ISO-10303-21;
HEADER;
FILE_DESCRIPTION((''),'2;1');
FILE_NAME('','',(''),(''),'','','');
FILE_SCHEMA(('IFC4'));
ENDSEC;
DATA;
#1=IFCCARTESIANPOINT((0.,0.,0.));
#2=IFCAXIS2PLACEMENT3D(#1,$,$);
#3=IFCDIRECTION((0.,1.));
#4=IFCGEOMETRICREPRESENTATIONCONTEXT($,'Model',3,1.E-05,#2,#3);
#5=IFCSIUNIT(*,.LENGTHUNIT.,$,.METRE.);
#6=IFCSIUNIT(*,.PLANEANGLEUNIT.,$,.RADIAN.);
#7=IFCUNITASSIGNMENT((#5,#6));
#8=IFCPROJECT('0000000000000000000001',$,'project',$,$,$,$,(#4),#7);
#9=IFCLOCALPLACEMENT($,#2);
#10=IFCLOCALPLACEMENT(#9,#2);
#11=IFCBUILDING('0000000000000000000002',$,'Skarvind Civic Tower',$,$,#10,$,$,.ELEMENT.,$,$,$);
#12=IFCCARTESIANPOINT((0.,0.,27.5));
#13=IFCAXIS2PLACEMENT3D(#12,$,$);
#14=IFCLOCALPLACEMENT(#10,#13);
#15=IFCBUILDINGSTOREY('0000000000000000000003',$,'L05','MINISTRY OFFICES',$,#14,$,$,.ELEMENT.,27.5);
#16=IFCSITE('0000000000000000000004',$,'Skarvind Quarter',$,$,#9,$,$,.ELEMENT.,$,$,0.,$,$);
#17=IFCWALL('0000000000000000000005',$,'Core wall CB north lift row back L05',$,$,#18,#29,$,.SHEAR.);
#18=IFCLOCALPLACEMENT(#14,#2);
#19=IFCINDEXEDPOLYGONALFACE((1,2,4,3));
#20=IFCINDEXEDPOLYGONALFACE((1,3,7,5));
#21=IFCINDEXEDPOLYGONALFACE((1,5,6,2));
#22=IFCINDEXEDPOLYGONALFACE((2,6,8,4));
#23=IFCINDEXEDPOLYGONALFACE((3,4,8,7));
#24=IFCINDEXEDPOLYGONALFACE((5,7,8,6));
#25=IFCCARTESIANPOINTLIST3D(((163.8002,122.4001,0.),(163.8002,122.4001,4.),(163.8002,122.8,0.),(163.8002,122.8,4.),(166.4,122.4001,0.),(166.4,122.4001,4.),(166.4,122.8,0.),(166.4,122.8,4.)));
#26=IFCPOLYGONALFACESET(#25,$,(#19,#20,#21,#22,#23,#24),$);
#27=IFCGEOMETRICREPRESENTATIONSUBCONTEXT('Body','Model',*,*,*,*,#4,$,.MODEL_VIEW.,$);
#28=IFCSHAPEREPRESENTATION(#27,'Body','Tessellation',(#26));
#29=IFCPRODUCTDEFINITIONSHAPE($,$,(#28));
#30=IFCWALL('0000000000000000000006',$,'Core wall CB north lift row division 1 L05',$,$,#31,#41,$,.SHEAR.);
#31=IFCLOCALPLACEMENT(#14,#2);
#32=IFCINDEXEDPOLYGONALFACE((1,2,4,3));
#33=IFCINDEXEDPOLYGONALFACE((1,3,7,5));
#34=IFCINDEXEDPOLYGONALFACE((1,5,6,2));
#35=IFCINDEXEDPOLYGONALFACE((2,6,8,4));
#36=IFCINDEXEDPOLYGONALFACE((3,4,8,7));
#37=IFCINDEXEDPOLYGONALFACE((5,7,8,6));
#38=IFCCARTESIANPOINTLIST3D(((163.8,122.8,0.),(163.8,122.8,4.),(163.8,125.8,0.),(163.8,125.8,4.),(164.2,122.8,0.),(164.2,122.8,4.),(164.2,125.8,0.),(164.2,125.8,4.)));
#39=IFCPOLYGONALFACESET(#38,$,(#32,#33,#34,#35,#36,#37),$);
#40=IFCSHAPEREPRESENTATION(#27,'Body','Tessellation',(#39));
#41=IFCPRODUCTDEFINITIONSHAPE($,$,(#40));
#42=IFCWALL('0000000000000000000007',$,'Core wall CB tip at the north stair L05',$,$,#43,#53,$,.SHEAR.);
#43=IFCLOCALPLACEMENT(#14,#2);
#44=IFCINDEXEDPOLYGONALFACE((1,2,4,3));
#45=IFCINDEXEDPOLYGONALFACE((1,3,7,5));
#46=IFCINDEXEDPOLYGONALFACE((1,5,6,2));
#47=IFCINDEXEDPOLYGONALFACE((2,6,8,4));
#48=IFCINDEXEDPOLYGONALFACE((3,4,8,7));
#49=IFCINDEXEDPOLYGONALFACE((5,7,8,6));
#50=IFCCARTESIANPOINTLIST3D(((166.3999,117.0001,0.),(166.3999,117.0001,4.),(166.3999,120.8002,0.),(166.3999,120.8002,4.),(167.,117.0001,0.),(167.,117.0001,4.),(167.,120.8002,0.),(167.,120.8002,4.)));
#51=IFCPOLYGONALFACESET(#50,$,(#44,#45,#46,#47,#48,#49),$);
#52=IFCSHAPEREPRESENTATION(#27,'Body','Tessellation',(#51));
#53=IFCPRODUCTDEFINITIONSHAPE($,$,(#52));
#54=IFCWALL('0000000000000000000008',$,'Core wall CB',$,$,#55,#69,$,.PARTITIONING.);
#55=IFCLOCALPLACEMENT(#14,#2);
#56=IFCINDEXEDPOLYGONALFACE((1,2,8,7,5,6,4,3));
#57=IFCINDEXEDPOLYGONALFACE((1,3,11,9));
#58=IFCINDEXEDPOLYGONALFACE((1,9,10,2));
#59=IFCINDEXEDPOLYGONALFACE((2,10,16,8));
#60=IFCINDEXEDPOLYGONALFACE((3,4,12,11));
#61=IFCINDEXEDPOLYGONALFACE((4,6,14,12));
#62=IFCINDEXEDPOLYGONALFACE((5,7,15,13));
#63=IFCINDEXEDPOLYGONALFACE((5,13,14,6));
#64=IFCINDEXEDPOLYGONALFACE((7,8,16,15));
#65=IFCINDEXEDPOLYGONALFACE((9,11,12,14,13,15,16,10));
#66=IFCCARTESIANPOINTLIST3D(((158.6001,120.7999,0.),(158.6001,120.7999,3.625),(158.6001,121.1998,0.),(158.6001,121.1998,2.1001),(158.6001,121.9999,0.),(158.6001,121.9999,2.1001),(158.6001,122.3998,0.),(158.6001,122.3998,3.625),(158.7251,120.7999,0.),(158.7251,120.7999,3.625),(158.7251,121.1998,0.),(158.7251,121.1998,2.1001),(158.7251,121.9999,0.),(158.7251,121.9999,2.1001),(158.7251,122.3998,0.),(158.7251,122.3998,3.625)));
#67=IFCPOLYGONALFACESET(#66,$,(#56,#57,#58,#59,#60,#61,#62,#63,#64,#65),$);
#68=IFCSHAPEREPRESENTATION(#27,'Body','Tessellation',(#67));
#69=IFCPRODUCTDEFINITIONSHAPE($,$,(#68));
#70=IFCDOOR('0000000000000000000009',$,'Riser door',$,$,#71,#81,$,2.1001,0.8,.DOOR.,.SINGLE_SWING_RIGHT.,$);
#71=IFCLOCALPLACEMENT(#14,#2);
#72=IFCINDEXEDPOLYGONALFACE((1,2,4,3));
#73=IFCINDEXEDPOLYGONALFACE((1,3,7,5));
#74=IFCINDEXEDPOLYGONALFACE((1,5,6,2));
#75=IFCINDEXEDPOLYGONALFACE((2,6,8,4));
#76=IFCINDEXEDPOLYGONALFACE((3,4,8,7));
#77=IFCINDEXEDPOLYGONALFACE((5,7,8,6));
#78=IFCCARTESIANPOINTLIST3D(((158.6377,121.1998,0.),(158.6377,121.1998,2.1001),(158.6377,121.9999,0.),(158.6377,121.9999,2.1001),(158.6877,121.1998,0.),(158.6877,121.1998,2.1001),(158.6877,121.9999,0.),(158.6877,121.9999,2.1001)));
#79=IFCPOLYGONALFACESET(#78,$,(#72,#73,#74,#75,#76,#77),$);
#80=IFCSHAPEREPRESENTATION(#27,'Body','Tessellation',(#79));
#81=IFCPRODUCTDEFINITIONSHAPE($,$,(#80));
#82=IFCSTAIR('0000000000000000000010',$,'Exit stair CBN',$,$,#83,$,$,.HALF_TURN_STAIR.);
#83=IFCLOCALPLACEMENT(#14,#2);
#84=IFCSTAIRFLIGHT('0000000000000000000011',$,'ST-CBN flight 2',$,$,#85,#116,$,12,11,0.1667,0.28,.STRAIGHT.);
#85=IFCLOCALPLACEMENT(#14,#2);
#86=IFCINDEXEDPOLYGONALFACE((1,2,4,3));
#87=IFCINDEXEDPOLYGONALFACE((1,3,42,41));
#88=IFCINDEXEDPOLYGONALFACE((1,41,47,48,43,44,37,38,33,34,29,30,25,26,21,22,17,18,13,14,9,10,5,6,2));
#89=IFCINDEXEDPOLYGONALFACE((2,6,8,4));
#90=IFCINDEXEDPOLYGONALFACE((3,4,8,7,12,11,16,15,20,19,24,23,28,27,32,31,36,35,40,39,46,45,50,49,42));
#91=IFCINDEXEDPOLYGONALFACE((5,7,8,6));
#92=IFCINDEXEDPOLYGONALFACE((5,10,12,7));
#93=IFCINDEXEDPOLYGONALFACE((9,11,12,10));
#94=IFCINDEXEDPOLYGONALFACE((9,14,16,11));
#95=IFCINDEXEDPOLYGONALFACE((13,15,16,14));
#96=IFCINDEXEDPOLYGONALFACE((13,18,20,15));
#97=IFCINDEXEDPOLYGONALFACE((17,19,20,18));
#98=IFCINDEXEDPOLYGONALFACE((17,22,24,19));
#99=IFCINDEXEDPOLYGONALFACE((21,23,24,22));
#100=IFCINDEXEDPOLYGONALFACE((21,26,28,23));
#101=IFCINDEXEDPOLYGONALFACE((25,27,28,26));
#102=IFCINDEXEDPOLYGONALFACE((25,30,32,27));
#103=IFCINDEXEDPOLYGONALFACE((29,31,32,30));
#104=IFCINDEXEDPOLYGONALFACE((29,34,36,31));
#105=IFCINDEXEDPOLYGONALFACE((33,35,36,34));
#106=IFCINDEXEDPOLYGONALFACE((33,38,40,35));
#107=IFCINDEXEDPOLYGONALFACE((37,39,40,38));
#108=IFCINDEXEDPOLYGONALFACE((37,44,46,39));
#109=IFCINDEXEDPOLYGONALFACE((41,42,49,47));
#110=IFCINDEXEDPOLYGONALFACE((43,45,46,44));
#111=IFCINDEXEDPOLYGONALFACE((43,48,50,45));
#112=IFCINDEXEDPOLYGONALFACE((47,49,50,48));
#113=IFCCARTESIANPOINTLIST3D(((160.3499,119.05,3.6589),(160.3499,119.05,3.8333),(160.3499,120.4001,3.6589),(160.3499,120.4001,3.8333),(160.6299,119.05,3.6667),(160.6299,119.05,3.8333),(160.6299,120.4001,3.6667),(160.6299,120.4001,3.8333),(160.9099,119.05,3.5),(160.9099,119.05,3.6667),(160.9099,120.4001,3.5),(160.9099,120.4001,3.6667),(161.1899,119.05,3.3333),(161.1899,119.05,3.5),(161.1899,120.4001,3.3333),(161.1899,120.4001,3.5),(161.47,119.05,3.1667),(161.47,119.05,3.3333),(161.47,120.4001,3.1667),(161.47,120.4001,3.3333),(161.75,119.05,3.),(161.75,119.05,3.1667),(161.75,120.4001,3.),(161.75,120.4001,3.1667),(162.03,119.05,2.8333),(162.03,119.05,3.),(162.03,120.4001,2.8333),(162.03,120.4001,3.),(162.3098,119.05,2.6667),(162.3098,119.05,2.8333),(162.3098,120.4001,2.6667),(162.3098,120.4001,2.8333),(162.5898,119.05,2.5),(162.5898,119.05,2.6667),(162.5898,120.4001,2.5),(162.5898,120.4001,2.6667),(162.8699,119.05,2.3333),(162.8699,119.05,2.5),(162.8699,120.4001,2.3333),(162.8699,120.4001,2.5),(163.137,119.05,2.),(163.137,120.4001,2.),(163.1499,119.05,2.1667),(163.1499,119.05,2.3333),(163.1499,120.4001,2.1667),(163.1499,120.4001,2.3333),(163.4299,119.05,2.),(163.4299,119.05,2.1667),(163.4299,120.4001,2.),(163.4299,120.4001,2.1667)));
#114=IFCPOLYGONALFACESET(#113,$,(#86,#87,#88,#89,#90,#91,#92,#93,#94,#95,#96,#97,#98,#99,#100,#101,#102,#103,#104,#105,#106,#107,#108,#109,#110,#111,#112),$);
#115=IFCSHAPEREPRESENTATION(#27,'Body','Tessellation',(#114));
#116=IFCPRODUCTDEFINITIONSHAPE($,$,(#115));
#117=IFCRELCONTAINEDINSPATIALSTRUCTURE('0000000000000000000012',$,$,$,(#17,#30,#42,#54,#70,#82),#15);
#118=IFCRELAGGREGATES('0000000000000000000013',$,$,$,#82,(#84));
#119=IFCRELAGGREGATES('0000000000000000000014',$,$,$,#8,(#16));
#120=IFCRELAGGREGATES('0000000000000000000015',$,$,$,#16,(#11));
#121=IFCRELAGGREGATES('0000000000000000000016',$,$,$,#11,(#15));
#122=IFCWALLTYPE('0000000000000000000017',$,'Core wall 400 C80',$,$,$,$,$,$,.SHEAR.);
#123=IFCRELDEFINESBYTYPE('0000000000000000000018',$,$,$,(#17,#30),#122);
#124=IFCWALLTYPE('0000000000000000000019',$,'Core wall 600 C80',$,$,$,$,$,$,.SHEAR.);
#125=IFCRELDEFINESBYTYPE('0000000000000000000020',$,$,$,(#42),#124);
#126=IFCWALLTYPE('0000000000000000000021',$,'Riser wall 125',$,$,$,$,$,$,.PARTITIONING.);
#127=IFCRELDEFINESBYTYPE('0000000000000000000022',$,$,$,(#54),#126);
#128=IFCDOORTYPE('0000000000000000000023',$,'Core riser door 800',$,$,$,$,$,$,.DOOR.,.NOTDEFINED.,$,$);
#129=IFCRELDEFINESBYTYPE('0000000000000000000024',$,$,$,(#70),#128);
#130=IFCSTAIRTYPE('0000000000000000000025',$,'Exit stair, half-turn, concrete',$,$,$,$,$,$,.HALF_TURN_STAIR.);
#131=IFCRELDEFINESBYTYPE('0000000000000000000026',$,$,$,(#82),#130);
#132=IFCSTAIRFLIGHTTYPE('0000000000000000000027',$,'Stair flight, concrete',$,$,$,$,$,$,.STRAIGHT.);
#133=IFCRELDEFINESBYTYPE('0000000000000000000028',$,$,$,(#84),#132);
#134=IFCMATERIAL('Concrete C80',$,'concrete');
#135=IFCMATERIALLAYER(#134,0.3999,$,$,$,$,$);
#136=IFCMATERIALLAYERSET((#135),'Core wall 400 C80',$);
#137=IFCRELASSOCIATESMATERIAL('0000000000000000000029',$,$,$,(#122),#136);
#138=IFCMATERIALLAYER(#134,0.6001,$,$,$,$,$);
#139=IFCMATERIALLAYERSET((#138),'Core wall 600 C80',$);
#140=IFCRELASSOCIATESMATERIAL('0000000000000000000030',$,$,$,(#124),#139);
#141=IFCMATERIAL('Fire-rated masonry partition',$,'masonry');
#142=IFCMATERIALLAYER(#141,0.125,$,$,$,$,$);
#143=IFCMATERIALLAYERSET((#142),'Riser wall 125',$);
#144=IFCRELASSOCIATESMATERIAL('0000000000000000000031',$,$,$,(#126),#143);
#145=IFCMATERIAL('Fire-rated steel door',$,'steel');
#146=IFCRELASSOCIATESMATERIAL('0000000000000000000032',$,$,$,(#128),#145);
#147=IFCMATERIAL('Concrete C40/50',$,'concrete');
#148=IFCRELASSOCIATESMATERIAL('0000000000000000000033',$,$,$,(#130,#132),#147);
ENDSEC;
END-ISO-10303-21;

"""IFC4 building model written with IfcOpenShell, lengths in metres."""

from ifc_helpers import new_model, si_unit, direction, frame, frame_2d, origin, place, context, subcontext, project, spatial, polyline, rectangle, outline, extrude, material, layer, layer_set, type_object, element, fill, aggregate, save


model = new_model("IFC4")

# Units and contexts
model_context = context("Model", 3, precision=1e-05, world=origin(), true_north=direction((0.0, 1.0)))
body_context = subcontext(model_context, "Body", "Model", "MODEL_VIEW")
ifc_project = project(units=[si_unit("LENGTHUNIT", "METRE"), si_unit("PLANEANGLEUNIT", "RADIAN")], contexts=[model_context])

# Site, building, storey
site_placement = place(None, origin())
site = spatial("IfcSite", under=ifc_project, at=site_placement, Name="Skarvind Quarter", CompositionType="ELEMENT", RefElevation=0.0)
building_placement = place(site_placement, origin())
building = spatial("IfcBuilding", under=site, at=building_placement, Name="Skarvind Civic Tower", CompositionType="ELEMENT")
storey_placement = place(building_placement, frame((0.0, 0.0, 27.5)))
storey = spatial("IfcBuildingStorey", under=building, at=storey_placement, Name="L05", Description="MINISTRY OFFICES", CompositionType="ELEMENT", Elevation=27.5)

# Shared definitions
ifc_material_1 = material(Name="Fire-rated masonry partition", Category="masonry")
ifc_material_2 = material(Name="Fire-rated steel door", Category="steel")

# Shared definitions
ifc_material_3 = material(Name="Concrete C80", Category="concrete")
ifc_layer_1 = layer(ifc_material_3, 0.3999)
ifc_layer_set_1 = layer_set([ifc_layer_1], Name="Core wall 400 C80")
wall_type_1 = type_object("IfcWallType", Name="Core wall 400 C80", PredefinedType="SHEAR", material=ifc_layer_set_1)

# Walls
wall_1_placement = place(storey_placement, frame((166.3999, 122.6001, 0.0), z_axis=(0.0, 0.0, 1.0), x_axis=(-1.0, 0.0, 0.0)))
element("IfcWall", 1, at=wall_1_placement, inside=storey, type_object=wall_type_1, Name="Core wall CB north lift row back L05", PredefinedType="SHEAR", context=body_context, shape_type="SweptSolid", body=[
    extrude(rectangle(XDim=2.5999, YDim=0.3999, at=frame_2d((1.2998, 0.0))), origin(), (0.0, 0.0, 1.0), 4.0),
])
wall_2_placement = place(storey_placement, frame((164.0, 125.8, 0.0), z_axis=(0.0, 0.0, 1.0), x_axis=(0.0, -1.0, 0.0)))
element("IfcWall", 2, at=wall_2_placement, inside=storey, type_object=wall_type_1, Name="Core wall CB north lift row division 1 L05", PredefinedType="SHEAR", context=body_context, shape_type="SweptSolid", body=[
    extrude(rectangle(XDim=3.0, YDim=0.3999, at=frame_2d((1.5, 0.0))), origin(), (0.0, 0.0, 1.0), 4.0),
])
ifc_layer_2 = layer(ifc_material_3, 0.6001)
ifc_layer_set_2 = layer_set([ifc_layer_2], Name="Core wall 600 C80")
wall_type_2 = type_object("IfcWallType", Name="Core wall 600 C80", PredefinedType="SHEAR", material=ifc_layer_set_2)
wall_3_placement = place(storey_placement, frame((166.7, 120.8, 0.0), z_axis=(0.0, 0.0, 1.0), x_axis=(0.0, -1.0, 0.0)))
element("IfcWall", 3, at=wall_3_placement, inside=storey, type_object=wall_type_2, Name="Core wall CB tip at the north stair L05", PredefinedType="SHEAR", context=body_context, shape_type="SweptSolid", body=[
    extrude(rectangle(XDim=3.8, YDim=0.6001, at=frame_2d((1.8999, 0.0))), origin(), (0.0, 0.0, 1.0), 4.0),
])

# Wall, opening, door
ifc_layer_3 = layer(ifc_material_1, 0.125)
ifc_layer_set_3 = layer_set([ifc_layer_3], Name="Riser wall 125")
wall_type_3 = type_object("IfcWallType", Name="Riser wall 125", PredefinedType="PARTITIONING", material=ifc_layer_set_3)
wall_4_placement = place(storey_placement, frame((158.6626, 120.8, 0.0), z_axis=(0.0, 0.0, 1.0), x_axis=(0.0, 1.0, 0.0)))
wall_4 = element("IfcWall", 4, at=wall_4_placement, inside=storey, type_object=wall_type_3, Name="Core wall CB", PredefinedType="PARTITIONING", context=body_context, shape_type="SweptSolid", body=[
    extrude(rectangle(XDim=1.5999, YDim=0.125, at=frame_2d((0.7998, 0.0))), origin(), (0.0, 0.0, 1.0), 3.625),
])
opening_1_placement = place(wall_4_placement, frame((0.3999, 0.0, 0.0)))
opening_1 = element("IfcOpeningElement", 5, at=opening_1_placement, cuts=wall_4, PredefinedType="OPENING", context=body_context, shape_type="SweptSolid", body=[
    extrude(rectangle(XDim=0.8, YDim=2.1001, at=frame_2d((0.3999, 1.05))), frame((0.0, 0.0725, 0.0), z_axis=(0.0, -1.0, 0.0), x_axis=(1.0, 0.0, 0.0)), (0.0, 0.0, 1.0), 0.145),
])
door_type_1 = type_object("IfcDoorType", Name="Core riser door 800", OperationType="NOTDEFINED", PredefinedType="DOOR", material=ifc_material_2)
door_1_placement = place(opening_1_placement, origin())
door_1 = element("IfcDoor", 6, at=door_1_placement, inside=storey, type_object=door_type_1, Name="Riser door", OperationType="SINGLE_SWING_RIGHT", OverallHeight=2.1001, OverallWidth=0.8, PredefinedType="DOOR", context=body_context, shape_type="SweptSolid", body=[
    extrude(rectangle(XDim=0.8, YDim=2.1001, at=frame_2d((0.3999, 1.05))), frame((0.0, 0.0249, 0.0), z_axis=(0.0, -1.0, 0.0), x_axis=(1.0, 0.0, 0.0)), (0.0, 0.0, 1.0), 0.05),
])
fill(opening_1, door_1)

# Stair, stair flight
ifc_material_4 = material(Name="Concrete C40/50", Category="concrete")
stair_type = type_object("IfcStairType", Name="Exit stair, half-turn, concrete", PredefinedType="HALF_TURN_STAIR", material=ifc_material_4)
stair_placement = place(storey_placement, origin())
stair = element("IfcStair", 7, at=stair_placement, inside=storey, type_object=stair_type, Name="Exit stair CBN", PredefinedType="HALF_TURN_STAIR")
stair_flight_type = type_object("IfcStairFlightType", Name="Stair flight, concrete", PredefinedType="STRAIGHT", material=ifc_material_4)
stair_flight_placement = place(storey_placement, frame((163.4299, 119.7251, 2.0), z_axis=(0.0, 0.0, 1.0), x_axis=(-1.0, 0.0, 0.0)))
stair_flight = element("IfcStairFlight", 8, at=stair_flight_placement, type_object=stair_flight_type, Name="ST-CBN flight 2", NumberOfRisers=12, NumberOfTreads=11, PredefinedType="STRAIGHT", RiserHeight=0.1667, TreadLength=0.28, context=body_context, shape_type="SweptSolid", body=[
    extrude(outline(polyline([(0.0, 0.0), (0.0, 0.1667), (0.28, 0.1667), (0.28, 0.3333), (0.5601, 0.3333), (0.5601, 0.5), (0.8401, 0.5), (0.8401, 0.6667), (1.1201, 0.6667), (1.1201, 0.8333), (1.3999, 0.8333), (1.3999, 1.0), (1.6799, 1.0), (1.6799, 1.1667), (1.96, 1.1667), (1.96, 1.3333), (2.24, 1.3333), (2.24, 1.5), (2.52, 1.5), (2.52, 1.6667), (2.8, 1.6667), (2.8, 1.8333), (3.0801, 1.8333), (3.0801, 2.0), (3.0801, 1.6589), (0.293, 0.0), (0.0, 0.0)])), frame((0.0, 0.675, 0.0), z_axis=(0.0, -1.0, 0.0), x_axis=(1.0, 0.0, 0.0)), (0.0, 0.0, 1.0), 1.3501),
])
aggregate(stair, [stair_flight])

save(model, "model.ifc")
